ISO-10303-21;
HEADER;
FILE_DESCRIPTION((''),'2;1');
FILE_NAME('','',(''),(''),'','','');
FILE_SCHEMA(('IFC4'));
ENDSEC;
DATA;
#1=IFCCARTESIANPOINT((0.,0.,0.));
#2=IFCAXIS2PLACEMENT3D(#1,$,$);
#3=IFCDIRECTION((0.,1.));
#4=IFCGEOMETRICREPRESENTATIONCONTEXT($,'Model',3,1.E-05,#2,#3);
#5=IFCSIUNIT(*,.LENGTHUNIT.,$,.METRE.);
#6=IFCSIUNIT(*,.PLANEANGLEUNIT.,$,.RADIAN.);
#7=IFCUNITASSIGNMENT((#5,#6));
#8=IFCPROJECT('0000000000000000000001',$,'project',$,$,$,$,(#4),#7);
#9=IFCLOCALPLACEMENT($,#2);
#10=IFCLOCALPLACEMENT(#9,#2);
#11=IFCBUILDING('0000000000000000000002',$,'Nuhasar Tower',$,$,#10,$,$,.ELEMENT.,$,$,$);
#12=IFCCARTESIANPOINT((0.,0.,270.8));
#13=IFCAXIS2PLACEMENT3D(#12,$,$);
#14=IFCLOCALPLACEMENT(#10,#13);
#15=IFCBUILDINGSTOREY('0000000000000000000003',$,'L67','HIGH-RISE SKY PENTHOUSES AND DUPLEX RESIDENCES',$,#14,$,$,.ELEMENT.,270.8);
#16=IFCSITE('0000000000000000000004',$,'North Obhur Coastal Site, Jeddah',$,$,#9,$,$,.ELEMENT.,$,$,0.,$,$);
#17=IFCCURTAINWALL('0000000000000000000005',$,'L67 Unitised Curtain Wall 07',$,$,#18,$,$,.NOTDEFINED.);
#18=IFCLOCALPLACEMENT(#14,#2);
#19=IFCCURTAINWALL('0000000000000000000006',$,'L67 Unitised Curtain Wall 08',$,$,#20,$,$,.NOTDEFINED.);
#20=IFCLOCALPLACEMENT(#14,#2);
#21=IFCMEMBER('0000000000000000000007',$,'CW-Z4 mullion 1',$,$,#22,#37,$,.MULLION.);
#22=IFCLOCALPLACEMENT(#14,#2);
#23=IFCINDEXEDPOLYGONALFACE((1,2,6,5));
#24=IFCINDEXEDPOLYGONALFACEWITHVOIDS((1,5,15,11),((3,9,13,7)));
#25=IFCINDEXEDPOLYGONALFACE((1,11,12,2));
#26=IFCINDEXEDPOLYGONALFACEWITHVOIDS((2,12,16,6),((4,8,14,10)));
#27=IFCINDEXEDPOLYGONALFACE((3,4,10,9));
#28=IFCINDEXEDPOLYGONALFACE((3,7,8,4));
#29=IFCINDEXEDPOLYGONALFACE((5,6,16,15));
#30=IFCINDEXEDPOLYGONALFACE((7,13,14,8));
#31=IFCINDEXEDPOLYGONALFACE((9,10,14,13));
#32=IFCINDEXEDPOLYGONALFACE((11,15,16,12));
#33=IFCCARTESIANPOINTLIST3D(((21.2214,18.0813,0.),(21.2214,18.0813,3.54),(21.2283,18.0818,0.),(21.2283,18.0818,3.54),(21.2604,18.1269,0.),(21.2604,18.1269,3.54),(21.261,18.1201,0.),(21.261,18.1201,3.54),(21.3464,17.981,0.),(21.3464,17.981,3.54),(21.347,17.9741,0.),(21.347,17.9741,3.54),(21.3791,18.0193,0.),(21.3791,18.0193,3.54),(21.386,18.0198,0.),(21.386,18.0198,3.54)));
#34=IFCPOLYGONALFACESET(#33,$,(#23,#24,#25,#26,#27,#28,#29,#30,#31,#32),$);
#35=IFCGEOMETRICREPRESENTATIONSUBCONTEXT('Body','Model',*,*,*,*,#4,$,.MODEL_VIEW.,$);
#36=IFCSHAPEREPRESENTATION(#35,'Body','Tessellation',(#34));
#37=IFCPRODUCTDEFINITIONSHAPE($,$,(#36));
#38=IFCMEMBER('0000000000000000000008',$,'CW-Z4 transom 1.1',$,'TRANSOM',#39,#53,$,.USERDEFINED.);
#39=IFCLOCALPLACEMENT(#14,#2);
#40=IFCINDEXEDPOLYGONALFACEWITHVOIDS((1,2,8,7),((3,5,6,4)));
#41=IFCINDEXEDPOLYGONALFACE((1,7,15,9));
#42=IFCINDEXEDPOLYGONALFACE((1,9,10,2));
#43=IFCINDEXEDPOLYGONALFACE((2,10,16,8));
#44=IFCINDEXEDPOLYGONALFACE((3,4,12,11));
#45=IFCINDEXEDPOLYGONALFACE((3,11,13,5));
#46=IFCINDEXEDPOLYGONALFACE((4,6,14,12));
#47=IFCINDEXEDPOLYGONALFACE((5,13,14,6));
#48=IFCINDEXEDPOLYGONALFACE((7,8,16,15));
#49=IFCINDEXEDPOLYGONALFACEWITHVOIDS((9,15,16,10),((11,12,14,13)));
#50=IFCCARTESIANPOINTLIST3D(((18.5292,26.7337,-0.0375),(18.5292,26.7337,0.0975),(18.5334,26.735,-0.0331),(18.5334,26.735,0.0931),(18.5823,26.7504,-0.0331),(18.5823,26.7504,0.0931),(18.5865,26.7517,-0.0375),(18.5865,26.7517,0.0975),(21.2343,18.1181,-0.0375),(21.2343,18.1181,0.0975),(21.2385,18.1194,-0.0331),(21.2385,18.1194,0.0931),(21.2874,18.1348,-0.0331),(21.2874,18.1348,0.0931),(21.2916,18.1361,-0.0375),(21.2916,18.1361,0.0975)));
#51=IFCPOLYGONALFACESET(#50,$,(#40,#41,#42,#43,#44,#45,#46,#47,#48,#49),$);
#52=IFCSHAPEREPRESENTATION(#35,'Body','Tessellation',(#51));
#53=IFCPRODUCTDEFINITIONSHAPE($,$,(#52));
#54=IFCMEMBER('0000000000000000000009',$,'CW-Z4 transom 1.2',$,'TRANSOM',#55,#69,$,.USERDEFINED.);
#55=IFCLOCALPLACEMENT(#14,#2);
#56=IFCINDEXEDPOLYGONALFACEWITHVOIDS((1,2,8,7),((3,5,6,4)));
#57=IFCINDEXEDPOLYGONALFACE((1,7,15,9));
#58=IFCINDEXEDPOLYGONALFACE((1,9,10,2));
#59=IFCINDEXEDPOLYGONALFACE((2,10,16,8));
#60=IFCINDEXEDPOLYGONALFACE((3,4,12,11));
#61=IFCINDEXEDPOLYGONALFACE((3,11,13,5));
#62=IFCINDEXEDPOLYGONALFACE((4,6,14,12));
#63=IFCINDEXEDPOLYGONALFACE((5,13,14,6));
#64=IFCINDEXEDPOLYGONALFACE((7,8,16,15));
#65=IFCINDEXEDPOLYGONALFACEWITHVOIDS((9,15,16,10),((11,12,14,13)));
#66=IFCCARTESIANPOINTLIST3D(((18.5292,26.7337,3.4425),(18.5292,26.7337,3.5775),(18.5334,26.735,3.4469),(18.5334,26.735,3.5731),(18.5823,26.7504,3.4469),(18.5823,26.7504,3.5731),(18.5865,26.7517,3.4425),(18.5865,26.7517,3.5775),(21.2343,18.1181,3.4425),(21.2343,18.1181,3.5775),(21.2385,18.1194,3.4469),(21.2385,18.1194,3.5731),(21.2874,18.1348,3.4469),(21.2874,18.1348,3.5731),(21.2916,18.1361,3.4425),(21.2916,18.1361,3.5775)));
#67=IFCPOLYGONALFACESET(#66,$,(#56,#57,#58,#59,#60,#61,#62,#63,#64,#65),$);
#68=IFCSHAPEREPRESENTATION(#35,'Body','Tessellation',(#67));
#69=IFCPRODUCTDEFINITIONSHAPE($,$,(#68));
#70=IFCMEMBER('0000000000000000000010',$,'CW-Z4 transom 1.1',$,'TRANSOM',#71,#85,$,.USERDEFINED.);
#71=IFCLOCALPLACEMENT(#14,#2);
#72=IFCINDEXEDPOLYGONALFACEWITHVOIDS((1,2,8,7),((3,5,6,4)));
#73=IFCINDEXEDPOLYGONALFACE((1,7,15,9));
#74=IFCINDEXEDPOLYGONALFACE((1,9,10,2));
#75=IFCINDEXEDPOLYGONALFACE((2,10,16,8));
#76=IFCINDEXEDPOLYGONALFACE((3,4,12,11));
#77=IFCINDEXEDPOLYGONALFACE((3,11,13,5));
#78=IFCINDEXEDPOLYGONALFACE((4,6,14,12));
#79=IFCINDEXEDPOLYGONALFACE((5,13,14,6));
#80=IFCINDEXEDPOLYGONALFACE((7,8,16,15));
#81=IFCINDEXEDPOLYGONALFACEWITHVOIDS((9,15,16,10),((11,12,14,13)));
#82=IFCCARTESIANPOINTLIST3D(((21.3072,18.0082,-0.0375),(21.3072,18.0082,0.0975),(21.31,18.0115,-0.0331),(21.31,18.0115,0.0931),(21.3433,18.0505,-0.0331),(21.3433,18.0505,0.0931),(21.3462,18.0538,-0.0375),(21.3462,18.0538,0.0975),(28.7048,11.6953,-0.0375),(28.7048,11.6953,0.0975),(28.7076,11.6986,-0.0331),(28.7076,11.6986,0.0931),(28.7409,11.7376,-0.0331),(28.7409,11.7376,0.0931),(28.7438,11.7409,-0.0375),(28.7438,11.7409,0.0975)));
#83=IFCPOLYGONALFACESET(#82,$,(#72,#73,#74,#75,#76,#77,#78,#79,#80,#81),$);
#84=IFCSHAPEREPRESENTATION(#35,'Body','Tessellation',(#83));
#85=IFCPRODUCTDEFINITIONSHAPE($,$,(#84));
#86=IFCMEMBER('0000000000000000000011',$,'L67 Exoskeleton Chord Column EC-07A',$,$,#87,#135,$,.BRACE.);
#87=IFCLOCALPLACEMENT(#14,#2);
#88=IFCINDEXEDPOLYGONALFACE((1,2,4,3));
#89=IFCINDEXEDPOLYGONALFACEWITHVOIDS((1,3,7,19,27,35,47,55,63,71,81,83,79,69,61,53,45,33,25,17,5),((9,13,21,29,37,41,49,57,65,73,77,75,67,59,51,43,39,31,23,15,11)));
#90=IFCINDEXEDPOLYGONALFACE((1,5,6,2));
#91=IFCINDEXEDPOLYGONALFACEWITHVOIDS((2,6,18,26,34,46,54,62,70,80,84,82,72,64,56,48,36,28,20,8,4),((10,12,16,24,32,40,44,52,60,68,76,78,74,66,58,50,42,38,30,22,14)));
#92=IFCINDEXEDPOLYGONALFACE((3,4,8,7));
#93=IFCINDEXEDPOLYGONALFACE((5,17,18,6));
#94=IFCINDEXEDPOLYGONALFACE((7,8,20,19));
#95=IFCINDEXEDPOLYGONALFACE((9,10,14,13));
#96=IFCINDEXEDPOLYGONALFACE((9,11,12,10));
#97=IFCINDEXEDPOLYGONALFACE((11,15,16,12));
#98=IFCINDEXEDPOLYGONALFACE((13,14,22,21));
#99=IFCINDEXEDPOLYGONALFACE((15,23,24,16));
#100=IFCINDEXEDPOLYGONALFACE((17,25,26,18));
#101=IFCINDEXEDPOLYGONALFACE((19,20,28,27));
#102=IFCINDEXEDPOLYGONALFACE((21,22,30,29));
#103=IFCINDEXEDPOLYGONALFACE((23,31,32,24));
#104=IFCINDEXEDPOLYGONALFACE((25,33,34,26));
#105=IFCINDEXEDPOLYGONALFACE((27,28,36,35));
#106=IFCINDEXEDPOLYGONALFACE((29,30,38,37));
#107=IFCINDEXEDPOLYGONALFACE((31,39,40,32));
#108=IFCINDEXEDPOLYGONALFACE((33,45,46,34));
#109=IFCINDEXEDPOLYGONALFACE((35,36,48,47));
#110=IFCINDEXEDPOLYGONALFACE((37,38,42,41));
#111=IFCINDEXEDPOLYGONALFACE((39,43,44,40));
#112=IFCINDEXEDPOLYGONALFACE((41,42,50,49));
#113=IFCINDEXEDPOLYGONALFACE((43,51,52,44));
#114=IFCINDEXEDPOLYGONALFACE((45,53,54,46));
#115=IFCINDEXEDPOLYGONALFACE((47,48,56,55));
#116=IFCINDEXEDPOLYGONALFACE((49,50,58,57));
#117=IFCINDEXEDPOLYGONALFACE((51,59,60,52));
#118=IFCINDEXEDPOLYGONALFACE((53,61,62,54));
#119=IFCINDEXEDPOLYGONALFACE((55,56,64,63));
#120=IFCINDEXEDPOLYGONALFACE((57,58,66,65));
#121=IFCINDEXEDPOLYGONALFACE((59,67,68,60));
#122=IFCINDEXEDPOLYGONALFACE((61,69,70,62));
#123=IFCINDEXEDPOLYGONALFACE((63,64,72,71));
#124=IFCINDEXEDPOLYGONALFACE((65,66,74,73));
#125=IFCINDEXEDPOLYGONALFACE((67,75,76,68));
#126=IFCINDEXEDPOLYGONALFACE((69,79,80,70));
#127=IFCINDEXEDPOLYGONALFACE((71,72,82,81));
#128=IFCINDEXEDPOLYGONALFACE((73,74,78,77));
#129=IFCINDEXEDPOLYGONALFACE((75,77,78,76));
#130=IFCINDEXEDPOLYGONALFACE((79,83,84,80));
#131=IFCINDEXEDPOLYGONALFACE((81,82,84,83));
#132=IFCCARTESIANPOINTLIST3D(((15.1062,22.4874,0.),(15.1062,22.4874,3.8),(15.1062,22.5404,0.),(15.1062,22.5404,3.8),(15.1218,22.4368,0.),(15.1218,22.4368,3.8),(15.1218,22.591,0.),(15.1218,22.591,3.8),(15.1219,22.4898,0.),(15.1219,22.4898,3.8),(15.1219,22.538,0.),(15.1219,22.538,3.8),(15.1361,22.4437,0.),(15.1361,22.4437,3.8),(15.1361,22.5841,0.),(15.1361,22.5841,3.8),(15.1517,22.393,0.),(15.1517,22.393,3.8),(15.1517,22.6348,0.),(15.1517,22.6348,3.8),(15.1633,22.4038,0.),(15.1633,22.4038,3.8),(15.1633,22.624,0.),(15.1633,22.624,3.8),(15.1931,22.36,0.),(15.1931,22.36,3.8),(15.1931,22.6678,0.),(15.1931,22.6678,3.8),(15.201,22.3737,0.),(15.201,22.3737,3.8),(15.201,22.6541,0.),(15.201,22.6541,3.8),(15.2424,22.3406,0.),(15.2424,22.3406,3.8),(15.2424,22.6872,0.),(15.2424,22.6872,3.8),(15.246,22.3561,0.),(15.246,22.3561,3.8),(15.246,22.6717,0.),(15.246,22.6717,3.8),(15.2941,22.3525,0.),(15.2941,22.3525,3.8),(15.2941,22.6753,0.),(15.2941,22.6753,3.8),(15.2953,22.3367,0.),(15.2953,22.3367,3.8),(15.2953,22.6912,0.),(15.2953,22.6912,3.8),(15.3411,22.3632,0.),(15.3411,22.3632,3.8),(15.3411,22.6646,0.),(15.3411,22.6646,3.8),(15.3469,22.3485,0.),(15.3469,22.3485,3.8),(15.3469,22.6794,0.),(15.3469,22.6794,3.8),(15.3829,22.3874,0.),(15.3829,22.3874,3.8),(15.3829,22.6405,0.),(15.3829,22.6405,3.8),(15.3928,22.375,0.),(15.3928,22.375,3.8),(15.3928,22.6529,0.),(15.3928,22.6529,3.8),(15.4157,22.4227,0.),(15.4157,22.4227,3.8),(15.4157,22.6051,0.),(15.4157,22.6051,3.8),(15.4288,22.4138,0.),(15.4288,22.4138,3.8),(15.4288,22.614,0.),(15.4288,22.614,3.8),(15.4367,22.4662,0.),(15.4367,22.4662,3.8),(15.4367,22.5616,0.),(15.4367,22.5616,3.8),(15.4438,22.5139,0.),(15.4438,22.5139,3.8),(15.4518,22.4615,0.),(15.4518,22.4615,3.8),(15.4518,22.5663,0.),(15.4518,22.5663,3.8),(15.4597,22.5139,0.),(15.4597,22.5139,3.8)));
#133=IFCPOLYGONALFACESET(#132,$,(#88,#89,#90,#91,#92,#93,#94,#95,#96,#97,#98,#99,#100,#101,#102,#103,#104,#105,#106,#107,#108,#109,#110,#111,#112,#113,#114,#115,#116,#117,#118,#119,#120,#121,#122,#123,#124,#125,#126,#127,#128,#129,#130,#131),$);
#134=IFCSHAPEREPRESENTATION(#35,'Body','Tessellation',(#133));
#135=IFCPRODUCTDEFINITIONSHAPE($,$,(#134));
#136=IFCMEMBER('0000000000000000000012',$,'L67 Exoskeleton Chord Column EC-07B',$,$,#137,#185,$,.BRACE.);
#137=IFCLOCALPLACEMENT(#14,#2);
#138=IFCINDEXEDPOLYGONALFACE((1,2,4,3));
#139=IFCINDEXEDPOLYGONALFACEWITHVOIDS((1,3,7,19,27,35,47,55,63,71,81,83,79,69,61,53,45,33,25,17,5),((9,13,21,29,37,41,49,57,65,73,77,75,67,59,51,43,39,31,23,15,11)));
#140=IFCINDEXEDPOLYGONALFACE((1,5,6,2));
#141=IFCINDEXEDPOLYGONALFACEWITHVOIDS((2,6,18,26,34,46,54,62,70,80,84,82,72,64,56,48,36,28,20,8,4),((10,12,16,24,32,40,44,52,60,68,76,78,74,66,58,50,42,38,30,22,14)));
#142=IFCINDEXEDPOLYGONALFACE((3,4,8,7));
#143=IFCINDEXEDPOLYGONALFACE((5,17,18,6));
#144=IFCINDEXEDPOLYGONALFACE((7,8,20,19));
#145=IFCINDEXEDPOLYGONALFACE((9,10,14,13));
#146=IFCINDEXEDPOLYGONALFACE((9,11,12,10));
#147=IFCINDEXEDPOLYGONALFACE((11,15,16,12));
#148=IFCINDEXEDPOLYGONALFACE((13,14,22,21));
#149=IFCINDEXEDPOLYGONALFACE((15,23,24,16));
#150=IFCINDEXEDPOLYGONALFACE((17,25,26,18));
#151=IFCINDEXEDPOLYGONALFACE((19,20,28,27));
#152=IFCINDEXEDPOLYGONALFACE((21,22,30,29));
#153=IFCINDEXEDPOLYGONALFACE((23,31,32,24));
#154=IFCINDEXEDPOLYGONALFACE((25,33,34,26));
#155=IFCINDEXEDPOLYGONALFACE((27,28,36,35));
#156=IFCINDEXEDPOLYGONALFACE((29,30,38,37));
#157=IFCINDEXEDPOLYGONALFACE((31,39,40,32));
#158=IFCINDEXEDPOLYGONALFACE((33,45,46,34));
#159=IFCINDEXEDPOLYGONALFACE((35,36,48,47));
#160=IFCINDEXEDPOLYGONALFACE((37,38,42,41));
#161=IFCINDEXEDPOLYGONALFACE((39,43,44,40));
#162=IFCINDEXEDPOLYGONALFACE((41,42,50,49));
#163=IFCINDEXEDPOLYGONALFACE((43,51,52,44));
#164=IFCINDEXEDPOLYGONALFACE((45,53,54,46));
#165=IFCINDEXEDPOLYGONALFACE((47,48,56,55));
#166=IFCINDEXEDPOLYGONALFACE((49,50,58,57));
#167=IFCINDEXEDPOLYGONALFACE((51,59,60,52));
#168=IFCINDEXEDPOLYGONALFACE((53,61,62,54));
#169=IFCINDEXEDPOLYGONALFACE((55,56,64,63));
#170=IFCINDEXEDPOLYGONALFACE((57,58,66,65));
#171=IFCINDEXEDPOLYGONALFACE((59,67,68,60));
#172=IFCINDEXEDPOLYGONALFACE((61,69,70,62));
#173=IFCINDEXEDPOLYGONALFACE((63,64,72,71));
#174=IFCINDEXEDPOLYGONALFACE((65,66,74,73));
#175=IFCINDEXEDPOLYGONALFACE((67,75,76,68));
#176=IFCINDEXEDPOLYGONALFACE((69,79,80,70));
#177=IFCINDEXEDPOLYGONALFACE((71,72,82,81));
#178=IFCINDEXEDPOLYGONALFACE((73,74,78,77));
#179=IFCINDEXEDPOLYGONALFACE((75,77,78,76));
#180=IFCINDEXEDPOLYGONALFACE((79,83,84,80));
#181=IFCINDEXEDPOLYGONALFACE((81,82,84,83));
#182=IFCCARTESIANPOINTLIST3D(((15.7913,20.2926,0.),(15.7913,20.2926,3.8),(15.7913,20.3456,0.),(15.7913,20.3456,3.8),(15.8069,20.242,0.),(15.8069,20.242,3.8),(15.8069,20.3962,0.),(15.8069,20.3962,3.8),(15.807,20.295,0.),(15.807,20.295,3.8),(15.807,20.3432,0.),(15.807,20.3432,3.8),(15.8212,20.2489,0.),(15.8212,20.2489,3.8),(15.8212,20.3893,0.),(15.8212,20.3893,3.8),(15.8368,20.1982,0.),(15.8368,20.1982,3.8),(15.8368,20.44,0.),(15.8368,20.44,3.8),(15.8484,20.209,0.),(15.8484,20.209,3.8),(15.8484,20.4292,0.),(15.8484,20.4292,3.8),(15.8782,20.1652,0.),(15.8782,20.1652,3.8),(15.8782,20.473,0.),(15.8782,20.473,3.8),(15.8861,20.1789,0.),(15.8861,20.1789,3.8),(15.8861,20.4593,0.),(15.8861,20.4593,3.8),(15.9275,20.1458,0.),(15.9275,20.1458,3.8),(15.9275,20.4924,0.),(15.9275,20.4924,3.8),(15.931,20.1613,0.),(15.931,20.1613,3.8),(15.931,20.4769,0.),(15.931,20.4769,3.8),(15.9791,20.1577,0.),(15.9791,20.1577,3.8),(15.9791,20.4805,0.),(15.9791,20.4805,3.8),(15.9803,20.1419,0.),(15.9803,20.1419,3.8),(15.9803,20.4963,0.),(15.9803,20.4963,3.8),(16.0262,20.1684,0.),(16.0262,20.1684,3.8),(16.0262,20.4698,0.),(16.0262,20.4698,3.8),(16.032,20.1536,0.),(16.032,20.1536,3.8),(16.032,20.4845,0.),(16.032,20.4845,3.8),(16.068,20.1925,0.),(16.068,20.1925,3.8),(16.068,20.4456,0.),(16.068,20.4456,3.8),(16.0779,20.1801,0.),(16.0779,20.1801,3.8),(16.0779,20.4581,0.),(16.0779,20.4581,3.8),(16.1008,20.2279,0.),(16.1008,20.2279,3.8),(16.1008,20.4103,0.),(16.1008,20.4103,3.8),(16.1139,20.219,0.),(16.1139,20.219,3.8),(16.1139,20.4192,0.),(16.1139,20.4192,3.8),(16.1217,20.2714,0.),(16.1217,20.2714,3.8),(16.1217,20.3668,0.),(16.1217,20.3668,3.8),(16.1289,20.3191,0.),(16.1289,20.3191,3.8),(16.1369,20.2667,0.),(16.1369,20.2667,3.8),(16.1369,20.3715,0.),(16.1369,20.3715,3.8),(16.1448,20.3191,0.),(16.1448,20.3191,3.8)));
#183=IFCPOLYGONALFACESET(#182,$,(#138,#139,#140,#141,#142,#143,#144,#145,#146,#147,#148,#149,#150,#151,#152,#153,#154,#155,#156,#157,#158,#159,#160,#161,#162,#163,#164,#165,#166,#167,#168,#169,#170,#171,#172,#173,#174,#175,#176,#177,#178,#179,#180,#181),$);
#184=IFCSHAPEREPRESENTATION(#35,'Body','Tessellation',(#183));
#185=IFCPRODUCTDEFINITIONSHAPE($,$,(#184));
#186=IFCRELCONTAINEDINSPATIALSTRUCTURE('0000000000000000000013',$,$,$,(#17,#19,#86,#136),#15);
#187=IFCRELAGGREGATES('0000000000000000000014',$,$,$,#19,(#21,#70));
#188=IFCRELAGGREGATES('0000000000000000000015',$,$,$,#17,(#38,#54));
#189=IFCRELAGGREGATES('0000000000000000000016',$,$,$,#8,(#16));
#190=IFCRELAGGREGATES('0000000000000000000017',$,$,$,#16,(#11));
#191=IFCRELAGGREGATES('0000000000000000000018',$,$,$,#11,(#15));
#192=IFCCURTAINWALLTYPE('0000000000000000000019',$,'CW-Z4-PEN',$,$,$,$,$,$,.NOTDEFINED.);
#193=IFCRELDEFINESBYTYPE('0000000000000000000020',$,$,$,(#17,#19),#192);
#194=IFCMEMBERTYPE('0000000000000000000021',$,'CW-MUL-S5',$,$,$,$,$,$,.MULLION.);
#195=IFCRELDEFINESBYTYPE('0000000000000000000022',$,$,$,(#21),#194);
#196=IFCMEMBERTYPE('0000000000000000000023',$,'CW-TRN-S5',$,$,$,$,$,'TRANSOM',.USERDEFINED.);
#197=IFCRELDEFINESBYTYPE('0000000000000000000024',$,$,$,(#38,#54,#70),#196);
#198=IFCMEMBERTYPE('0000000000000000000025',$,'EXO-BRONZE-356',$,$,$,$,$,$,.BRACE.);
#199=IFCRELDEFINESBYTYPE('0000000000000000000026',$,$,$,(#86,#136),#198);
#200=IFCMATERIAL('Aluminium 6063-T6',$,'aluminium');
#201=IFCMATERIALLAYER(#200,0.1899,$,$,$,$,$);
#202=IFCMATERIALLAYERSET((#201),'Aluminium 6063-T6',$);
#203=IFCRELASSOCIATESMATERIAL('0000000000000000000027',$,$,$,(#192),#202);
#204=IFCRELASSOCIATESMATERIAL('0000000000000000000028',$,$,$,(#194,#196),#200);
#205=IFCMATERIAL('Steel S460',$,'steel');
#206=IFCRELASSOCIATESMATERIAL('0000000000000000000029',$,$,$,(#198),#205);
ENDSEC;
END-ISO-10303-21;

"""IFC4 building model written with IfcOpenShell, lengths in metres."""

from ifc_helpers import new_model, si_unit, direction, frame, origin, origin_2d, place, context, subcontext, project, spatial, hollow_rectangle, hollow_circle, extrude, material, layer, layer_set, material_profile, profile_set, type_object, element, aggregate, save


model = new_model("IFC4")

# Units and contexts
model_context = context("Model", 3, precision=1e-05, world=origin(), true_north=direction((0.0, 1.0)))
body_context = subcontext(model_context, "Body", "Model", "MODEL_VIEW")
ifc_project = project(units=[si_unit("LENGTHUNIT", "METRE"), si_unit("PLANEANGLEUNIT", "RADIAN")], contexts=[model_context])

# Site, building, storey
site_placement = place(None, origin())
site = spatial("IfcSite", under=ifc_project, at=site_placement, Name="North Obhur Coastal Site, Jeddah", CompositionType="ELEMENT", RefElevation=0.0)
building_placement = place(site_placement, origin())
building = spatial("IfcBuilding", under=site, at=building_placement, Name="Nuhasar Tower", CompositionType="ELEMENT")
storey_placement = place(building_placement, frame((0.0, 0.0, 270.8)))
storey = spatial("IfcBuildingStorey", under=building, at=storey_placement, Name="L67", Description="HIGH-RISE SKY PENTHOUSES AND DUPLEX RESIDENCES", CompositionType="ELEMENT", Elevation=270.8)

# Curtain wall
ifc_material_1 = material(Name="Aluminium 6063-T6", Category="aluminium")
ifc_layer_1 = layer(ifc_material_1, 0.1899)
ifc_layer_set_1 = layer_set([ifc_layer_1], Name="Aluminium 6063-T6")
curtain_wall_type = type_object("IfcCurtainWallType", Name="CW-Z4-PEN", PredefinedType="NOTDEFINED", material=ifc_layer_set_1)
curtain_wall_1_placement = place(storey_placement, origin())
curtain_wall_1 = element("IfcCurtainWall", 1, at=curtain_wall_1_placement, inside=storey, type_object=curtain_wall_type, Name="L67 Unitised Curtain Wall 07", PredefinedType="NOTDEFINED")
ifc_material_profile_1 = material_profile(ifc_material_1, hollow_rectangle(XDim=0.0601, YDim=0.165, WallThickness=0.0049, at=origin_2d()), Name="CWM-5")
ifc_profile_set_1 = profile_set([ifc_material_profile_1], Name="Aluminium 6063-T6")
member_type_1 = type_object("IfcMemberType", Name="CW-MUL-S5", PredefinedType="MULLION", material=ifc_profile_set_1)

# Curtain wall, member
curtain_wall_2_placement = place(storey_placement, origin())
curtain_wall_2 = element("IfcCurtainWall", 2, at=curtain_wall_2_placement, inside=storey, type_object=curtain_wall_type, Name="L67 Unitised Curtain Wall 08", PredefinedType="NOTDEFINED")
member_1_placement = place(storey_placement, frame((21.3037, 18.0505, 0.0), z_axis=(0.0, 0.0, 1.0), x_axis=(0.649142, 0.760667, 0.0)))
member_1 = element("IfcMember", 3, at=member_1_placement, type_object=member_type_1, Name="CW-Z4 mullion 1", PredefinedType="MULLION", context=body_context, shape_type="SweptSolid", body=[
    extrude(hollow_rectangle(XDim=0.0601, YDim=0.165, WallThickness=0.0049, at=origin_2d()), origin(), (0.0, 0.0, 1.0), 3.54),
])

# Members
ifc_material_profile_2 = material_profile(ifc_material_1, hollow_rectangle(XDim=0.0601, YDim=0.135, WallThickness=0.0044, at=origin_2d()), Name="CWT-5")
ifc_profile_set_2 = profile_set([ifc_material_profile_2], Name="Aluminium 6063-T6")
member_type_2 = type_object("IfcMemberType", Name="CW-TRN-S5", ElementType="TRANSOM", PredefinedType="USERDEFINED", material=ifc_profile_set_2)
member_2_placement = place(storey_placement, frame((18.5579, 26.7427, 0.03), z_axis=(0.29956, -0.954077, 0.0), x_axis=(0.954077, 0.29956, 0.0)))
member_2 = element("IfcMember", 4, at=member_2_placement, type_object=member_type_2, Name="CW-Z4 transom 1.1", ObjectType="TRANSOM", PredefinedType="USERDEFINED", context=body_context, shape_type="SweptSolid", body=[
    extrude(hollow_rectangle(XDim=0.0601, YDim=0.135, WallThickness=0.0044, at=origin_2d()), origin(), (0.0, 0.0, 1.0), 9.0303),
])
member_3_placement = place(storey_placement, frame((18.5579, 26.7427, 3.51), z_axis=(0.29956, -0.954077, 0.0), x_axis=(0.954077, 0.29956, 0.0)))
member_3 = element("IfcMember", 5, at=member_3_placement, type_object=member_type_2, Name="CW-Z4 transom 1.2", ObjectType="TRANSOM", PredefinedType="USERDEFINED", context=body_context, shape_type="SweptSolid", body=[
    extrude(hollow_rectangle(XDim=0.0601, YDim=0.135, WallThickness=0.0044, at=origin_2d()), origin(), (0.0, 0.0, 1.0), 9.0303),
])
member_4_placement = place(storey_placement, frame((21.3267, 18.031, 0.03), z_axis=(0.760672, -0.649136, 0.0), x_axis=(0.649136, 0.760672, 0.0)))
member_4 = element("IfcMember", 6, at=member_4_placement, type_object=member_type_2, Name="CW-Z4 transom 1.1", ObjectType="TRANSOM", PredefinedType="USERDEFINED", context=body_context, shape_type="SweptSolid", body=[
    extrude(hollow_rectangle(XDim=0.0601, YDim=0.135, WallThickness=0.0044, at=origin_2d()), origin(), (0.0, 0.0, 1.0), 9.7251),
])
aggregate(curtain_wall_2, [member_1, member_4])

# Members
ifc_material_2 = material(Name="Steel S460", Category="steel")
ifc_material_profile_3 = material_profile(ifc_material_2, hollow_circle(Radius=0.1777, WallThickness=0.0159, at=origin_2d()), Name="HSS355.6X15.9")
ifc_profile_set_3 = profile_set([ifc_material_profile_3], Name="Steel S460")
member_type_3 = type_object("IfcMemberType", Name="EXO-BRONZE-356", PredefinedType="BRACE", material=ifc_profile_set_3)
for number, where, z_axis, x_axis, name in (
    (7, (15.282, 22.5139, 0.0), (0.0, 0.0, 1.0), (1.0, 0.0, 0.0), "L67 Exoskeleton Chord Column EC-07A"),
    (8, (15.967, 20.3191, 0.0), (0.0, 0.0, 1.0), (1.0, 0.0, 0.0), "L67 Exoskeleton Chord Column EC-07B"),
):
    element("IfcMember", number, at=place(storey_placement, frame(where, z_axis=z_axis, x_axis=x_axis)), inside=storey, type_object=member_type_3, Name=name, PredefinedType="BRACE", context=body_context, shape_type="SweptSolid", body=[
        extrude(hollow_circle(Radius=0.1777, WallThickness=0.0159, at=origin_2d()), origin(), (0.0, 0.0, 1.0), 3.8),
    ])

aggregate(curtain_wall_1, [member_2, member_3])

save(model, "model.ifc")
